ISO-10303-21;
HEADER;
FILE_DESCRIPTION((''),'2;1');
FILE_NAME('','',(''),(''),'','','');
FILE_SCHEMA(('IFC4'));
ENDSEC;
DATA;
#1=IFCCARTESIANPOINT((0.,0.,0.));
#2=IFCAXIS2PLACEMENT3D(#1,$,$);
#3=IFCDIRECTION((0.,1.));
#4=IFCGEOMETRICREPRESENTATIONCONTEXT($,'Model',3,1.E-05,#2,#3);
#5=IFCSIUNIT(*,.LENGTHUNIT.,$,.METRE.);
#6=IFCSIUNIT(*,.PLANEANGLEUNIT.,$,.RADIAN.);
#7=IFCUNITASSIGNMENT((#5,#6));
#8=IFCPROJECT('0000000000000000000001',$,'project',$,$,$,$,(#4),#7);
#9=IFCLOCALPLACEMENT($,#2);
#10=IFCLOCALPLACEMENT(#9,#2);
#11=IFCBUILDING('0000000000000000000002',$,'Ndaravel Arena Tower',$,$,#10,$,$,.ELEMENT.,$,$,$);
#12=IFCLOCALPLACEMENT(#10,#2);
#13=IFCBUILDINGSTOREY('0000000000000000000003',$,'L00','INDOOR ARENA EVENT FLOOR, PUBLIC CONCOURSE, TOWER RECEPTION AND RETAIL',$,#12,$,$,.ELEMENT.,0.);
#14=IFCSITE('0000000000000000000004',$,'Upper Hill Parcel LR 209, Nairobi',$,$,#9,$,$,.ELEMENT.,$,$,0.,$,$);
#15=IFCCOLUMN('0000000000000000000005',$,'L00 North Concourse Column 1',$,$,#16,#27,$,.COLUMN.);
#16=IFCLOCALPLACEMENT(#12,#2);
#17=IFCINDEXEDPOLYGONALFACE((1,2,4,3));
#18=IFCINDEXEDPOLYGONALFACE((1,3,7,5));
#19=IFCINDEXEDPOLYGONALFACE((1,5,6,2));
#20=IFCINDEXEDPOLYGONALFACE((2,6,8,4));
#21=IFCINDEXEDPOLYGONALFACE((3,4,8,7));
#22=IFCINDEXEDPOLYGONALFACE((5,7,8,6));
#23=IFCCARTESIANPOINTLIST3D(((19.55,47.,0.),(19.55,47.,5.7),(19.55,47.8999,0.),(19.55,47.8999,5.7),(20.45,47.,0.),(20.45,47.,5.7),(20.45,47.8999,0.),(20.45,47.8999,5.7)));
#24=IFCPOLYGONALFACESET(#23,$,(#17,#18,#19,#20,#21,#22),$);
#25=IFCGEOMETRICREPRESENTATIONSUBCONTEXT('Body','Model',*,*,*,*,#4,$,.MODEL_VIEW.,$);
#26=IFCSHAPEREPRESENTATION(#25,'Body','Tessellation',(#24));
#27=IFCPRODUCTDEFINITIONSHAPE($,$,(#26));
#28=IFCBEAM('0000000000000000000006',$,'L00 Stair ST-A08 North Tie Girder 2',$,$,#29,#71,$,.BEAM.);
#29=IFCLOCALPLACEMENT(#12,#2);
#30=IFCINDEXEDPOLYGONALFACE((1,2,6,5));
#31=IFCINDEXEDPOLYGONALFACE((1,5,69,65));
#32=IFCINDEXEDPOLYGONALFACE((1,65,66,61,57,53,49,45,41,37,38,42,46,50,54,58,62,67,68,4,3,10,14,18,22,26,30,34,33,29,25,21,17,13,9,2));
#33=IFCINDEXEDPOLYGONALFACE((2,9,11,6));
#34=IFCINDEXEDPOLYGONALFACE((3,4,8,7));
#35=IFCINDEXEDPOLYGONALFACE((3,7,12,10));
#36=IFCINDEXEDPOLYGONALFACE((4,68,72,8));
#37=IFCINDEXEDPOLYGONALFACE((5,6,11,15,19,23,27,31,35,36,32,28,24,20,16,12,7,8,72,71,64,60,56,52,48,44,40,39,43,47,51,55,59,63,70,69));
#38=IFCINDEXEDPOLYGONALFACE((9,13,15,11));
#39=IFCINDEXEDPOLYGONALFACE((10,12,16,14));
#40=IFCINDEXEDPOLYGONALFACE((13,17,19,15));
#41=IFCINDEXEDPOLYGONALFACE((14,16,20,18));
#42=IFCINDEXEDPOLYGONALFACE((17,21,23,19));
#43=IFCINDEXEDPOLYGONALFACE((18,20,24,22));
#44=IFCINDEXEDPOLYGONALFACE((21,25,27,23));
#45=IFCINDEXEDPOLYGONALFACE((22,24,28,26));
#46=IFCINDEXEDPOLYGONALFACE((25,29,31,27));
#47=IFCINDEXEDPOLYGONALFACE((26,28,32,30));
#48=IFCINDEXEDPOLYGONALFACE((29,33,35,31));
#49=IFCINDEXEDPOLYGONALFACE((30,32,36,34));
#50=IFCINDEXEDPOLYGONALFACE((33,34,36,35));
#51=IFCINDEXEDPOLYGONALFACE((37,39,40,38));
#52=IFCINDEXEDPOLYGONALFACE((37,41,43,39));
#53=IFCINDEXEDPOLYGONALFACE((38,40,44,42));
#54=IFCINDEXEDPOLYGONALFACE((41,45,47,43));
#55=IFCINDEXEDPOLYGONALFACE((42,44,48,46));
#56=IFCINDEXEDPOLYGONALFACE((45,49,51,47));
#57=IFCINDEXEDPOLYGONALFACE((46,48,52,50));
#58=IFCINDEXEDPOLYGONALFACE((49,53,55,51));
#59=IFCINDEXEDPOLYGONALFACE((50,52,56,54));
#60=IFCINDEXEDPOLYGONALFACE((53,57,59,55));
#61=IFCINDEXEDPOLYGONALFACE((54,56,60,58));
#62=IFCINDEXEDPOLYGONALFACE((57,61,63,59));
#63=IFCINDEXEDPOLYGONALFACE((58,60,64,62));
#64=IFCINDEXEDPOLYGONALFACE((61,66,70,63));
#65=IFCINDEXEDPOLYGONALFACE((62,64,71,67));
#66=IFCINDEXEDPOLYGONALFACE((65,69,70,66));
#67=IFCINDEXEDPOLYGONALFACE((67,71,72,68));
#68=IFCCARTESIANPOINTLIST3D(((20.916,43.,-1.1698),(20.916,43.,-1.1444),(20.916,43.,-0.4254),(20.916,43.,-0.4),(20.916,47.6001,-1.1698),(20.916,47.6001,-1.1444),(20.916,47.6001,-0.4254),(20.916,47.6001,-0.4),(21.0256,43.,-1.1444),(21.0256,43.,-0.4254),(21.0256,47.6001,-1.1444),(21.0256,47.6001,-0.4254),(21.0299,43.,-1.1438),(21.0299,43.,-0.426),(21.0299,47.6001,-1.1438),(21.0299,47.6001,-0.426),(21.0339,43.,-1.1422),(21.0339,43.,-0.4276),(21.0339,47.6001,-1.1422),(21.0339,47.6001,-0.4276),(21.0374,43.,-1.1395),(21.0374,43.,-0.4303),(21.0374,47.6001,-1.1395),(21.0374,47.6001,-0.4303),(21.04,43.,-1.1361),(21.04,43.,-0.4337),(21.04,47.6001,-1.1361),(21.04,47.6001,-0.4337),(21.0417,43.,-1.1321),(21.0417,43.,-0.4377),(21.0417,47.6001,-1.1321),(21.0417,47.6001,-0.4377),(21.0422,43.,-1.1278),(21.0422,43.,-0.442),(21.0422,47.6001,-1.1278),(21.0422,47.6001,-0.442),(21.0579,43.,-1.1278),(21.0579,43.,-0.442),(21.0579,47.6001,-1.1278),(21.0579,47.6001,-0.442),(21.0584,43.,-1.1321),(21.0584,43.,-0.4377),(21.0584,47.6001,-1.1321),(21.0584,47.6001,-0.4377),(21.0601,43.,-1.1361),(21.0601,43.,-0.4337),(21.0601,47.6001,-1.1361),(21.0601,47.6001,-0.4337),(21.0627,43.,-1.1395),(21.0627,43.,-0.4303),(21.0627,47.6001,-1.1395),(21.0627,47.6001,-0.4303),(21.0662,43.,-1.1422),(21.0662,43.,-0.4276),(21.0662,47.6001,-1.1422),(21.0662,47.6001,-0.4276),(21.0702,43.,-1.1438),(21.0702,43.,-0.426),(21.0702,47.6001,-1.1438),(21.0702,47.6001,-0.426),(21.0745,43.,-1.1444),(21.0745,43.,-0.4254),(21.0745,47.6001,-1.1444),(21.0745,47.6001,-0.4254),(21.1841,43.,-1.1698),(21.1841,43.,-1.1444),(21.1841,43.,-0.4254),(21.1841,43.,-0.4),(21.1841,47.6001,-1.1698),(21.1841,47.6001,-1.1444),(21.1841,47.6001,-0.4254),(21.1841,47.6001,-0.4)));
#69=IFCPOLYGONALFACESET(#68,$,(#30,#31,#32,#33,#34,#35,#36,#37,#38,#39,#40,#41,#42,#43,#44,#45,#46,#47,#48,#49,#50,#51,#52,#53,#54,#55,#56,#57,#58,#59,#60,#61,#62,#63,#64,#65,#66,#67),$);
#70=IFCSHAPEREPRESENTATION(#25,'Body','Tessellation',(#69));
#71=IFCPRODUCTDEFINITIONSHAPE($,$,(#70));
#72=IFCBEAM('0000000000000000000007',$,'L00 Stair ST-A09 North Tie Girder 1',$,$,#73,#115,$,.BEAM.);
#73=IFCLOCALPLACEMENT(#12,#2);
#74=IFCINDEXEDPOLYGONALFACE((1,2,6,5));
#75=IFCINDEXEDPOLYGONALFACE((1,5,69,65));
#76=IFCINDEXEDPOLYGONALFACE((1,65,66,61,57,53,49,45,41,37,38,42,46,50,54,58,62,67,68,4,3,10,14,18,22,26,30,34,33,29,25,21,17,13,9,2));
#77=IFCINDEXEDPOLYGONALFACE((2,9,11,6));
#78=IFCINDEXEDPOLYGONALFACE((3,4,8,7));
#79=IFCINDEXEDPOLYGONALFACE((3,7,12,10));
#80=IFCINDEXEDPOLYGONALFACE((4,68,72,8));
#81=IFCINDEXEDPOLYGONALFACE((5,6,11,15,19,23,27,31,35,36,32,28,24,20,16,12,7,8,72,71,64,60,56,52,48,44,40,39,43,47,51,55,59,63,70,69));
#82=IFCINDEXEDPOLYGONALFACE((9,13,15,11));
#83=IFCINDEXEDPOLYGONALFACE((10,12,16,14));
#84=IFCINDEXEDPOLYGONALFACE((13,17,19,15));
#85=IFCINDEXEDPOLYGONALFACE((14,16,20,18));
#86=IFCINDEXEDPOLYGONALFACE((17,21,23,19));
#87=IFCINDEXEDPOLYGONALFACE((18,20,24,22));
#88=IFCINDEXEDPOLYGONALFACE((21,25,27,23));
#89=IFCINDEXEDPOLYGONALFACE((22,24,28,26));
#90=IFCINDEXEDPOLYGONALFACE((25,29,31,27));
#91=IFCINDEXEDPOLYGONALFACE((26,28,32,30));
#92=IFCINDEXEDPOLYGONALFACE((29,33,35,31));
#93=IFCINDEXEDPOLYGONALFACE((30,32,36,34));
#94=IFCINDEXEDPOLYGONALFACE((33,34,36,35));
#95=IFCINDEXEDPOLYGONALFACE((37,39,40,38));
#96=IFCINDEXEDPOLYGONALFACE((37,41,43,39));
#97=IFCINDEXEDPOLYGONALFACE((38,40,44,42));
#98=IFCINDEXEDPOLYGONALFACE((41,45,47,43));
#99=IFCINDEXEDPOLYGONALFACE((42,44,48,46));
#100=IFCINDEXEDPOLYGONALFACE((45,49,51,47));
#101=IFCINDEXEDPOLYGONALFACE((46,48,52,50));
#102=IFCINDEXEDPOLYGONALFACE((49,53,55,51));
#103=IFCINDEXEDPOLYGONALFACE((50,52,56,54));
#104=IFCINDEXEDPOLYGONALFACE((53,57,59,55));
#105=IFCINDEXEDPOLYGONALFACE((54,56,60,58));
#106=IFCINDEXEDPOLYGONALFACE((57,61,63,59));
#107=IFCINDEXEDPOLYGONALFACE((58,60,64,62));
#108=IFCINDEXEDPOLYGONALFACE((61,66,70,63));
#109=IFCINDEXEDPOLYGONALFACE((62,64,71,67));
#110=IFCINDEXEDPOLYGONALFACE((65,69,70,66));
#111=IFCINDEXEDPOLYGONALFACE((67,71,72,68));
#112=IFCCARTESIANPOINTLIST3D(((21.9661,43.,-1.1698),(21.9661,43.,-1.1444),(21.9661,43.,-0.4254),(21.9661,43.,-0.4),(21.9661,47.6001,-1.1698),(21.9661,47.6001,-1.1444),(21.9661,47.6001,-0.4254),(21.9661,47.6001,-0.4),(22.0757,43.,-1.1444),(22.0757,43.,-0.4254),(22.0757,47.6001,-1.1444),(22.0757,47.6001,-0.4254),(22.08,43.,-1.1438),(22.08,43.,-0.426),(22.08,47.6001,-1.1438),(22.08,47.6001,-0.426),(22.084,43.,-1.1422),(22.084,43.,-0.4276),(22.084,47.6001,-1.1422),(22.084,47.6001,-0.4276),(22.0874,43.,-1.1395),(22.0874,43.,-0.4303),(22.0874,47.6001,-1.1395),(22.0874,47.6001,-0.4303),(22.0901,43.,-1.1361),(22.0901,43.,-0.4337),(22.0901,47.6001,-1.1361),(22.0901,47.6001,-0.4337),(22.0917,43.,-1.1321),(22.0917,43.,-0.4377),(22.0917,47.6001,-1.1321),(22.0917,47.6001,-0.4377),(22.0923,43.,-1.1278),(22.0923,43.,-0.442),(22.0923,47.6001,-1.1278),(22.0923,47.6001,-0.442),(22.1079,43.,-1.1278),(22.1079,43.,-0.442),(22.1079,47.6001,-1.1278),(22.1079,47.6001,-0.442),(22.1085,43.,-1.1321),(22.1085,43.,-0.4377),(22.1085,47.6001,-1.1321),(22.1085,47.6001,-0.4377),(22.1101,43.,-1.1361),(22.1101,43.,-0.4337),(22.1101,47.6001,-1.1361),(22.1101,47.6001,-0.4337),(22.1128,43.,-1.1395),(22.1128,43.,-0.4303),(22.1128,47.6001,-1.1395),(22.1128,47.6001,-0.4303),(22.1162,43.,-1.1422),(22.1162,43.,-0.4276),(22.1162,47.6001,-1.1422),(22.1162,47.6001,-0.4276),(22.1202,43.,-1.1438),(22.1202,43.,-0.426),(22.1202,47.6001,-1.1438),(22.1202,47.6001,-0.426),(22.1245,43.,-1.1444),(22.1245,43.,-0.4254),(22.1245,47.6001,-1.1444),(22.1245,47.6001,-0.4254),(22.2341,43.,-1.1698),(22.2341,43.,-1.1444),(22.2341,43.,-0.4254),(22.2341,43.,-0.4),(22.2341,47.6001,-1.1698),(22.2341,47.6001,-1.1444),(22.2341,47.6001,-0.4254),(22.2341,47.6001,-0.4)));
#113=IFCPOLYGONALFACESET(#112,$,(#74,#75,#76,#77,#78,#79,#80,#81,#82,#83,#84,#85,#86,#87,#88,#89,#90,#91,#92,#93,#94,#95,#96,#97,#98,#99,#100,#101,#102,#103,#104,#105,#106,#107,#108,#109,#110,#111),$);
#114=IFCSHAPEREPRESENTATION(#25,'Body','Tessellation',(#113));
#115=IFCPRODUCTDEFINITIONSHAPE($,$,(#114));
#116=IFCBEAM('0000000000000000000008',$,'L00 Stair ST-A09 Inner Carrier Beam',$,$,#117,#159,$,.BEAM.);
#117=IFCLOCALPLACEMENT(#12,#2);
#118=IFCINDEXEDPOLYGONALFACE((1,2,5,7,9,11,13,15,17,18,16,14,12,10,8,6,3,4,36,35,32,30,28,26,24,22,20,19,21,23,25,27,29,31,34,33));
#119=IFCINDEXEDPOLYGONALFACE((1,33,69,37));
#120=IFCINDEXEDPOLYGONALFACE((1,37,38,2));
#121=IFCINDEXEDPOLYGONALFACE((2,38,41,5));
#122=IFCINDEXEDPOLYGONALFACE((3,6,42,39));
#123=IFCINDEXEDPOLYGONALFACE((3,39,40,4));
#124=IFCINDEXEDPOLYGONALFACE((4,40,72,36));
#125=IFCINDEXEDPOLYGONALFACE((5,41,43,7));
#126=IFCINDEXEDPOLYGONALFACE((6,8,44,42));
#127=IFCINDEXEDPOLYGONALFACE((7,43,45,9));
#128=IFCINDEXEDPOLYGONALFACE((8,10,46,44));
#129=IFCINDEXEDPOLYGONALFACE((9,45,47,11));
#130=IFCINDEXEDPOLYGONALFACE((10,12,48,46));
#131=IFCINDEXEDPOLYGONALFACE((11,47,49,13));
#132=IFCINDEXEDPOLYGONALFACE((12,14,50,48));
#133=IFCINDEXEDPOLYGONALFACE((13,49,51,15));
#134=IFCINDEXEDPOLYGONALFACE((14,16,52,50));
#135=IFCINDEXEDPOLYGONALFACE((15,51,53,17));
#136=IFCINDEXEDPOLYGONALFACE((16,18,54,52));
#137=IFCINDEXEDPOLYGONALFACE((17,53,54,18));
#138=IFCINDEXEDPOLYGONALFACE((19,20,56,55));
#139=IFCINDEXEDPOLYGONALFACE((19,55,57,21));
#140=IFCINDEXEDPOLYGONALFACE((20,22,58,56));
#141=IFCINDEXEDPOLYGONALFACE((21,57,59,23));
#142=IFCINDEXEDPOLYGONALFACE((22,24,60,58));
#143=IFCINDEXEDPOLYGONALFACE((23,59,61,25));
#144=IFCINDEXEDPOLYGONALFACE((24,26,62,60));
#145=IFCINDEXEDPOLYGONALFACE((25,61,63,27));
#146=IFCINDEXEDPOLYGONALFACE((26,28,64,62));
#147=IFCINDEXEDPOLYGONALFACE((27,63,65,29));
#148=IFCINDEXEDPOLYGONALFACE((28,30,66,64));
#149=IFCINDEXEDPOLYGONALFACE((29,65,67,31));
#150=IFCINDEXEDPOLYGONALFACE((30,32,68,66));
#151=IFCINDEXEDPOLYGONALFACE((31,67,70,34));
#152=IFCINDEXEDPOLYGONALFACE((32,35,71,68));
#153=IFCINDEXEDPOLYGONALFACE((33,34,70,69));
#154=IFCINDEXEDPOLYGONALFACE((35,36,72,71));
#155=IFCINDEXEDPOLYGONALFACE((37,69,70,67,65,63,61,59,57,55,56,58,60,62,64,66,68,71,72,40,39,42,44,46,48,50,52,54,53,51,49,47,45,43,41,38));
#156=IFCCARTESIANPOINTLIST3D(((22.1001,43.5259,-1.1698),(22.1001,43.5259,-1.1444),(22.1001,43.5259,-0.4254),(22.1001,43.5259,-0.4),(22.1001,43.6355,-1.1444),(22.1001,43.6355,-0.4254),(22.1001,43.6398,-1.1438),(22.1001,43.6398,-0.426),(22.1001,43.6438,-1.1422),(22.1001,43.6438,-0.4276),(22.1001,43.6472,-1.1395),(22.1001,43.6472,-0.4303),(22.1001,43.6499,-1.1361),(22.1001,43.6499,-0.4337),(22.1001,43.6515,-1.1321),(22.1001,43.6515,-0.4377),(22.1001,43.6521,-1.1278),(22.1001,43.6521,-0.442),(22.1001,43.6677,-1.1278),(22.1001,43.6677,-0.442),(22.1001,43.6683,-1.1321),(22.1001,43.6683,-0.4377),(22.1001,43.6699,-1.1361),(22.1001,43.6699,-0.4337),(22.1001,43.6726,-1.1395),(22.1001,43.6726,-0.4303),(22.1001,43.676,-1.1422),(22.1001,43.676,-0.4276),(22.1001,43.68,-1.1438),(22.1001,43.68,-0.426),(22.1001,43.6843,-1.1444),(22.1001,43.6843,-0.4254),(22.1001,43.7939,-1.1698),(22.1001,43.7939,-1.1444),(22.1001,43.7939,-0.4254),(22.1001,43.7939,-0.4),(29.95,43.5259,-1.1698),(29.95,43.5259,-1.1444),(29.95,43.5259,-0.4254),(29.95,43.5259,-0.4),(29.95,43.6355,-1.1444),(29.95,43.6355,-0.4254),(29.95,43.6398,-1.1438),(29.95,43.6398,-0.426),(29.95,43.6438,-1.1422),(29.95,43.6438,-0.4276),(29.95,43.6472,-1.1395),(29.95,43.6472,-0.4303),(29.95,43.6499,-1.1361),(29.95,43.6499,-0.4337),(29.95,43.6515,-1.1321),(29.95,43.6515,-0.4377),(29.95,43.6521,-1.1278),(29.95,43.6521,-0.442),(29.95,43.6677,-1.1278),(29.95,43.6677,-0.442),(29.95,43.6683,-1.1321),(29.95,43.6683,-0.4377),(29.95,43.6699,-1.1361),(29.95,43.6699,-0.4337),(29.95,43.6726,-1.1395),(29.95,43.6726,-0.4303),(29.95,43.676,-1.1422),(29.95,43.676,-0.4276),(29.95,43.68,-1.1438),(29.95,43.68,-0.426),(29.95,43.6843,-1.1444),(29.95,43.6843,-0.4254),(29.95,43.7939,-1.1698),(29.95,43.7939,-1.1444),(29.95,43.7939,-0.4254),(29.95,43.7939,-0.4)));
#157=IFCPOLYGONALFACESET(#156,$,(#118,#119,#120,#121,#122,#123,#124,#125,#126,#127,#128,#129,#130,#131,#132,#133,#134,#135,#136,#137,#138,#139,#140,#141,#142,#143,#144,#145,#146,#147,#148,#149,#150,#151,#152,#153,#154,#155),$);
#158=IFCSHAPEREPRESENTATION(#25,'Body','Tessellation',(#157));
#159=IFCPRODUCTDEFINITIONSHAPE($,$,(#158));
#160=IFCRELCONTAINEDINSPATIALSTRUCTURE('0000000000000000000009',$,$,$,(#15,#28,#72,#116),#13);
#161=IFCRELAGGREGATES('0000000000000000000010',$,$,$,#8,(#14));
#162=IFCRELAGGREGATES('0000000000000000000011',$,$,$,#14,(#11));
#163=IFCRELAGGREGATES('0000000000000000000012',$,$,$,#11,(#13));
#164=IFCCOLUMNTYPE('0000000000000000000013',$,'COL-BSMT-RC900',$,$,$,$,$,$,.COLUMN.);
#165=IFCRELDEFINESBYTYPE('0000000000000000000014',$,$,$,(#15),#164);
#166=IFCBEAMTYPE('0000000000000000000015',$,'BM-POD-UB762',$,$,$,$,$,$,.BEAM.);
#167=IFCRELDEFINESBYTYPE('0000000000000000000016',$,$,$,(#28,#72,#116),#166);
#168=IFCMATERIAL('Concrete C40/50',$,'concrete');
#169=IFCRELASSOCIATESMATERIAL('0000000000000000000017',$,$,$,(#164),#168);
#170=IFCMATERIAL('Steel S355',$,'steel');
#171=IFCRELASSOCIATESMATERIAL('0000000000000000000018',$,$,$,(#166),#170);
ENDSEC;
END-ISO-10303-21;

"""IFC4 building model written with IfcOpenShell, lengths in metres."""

from ifc_helpers import new_model, si_unit, direction, frame, origin, origin_2d, place, context, subcontext, project, spatial, rectangle, i_section, extrude, material, material_profile, profile_set, type_object, element, save


model = new_model("IFC4")

# Units and contexts
model_context = context("Model", 3, precision=1e-05, world=origin(), true_north=direction((0.0, 1.0)))
body_context = subcontext(model_context, "Body", "Model", "MODEL_VIEW")
ifc_project = project(units=[si_unit("LENGTHUNIT", "METRE"), si_unit("PLANEANGLEUNIT", "RADIAN")], contexts=[model_context])

# Site, building, storey
site_placement = place(None, origin())
site = spatial("IfcSite", under=ifc_project, at=site_placement, Name="Upper Hill Parcel LR 209, Nairobi", CompositionType="ELEMENT", RefElevation=0.0)
building_placement = place(site_placement, origin())
building = spatial("IfcBuilding", under=site, at=building_placement, Name="Ndaravel Arena Tower", CompositionType="ELEMENT")
storey_placement = place(building_placement, origin())
storey = spatial("IfcBuildingStorey", under=building, at=storey_placement, Name="L00", Description="INDOOR ARENA EVENT FLOOR, PUBLIC CONCOURSE, TOWER RECEPTION AND RETAIL", CompositionType="ELEMENT", Elevation=0.0)

# Column
ifc_material_1 = material(Name="Concrete C40/50", Category="concrete")
ifc_material_profile_1 = material_profile(ifc_material_1, rectangle(XDim=0.8999, YDim=0.8999, at=origin_2d()), Name="RC 900x900")
ifc_profile_set_1 = profile_set([ifc_material_profile_1], Name="Concrete C40/50")
column_type = type_object("IfcColumnType", Name="COL-BSMT-RC900", PredefinedType="COLUMN", material=ifc_profile_set_1)
column_placement = place(storey_placement, frame((20.0, 47.45, 0.0), z_axis=(0.0, 0.0, 1.0), x_axis=(1.0, 0.0, 0.0)))
element("IfcColumn", 1, at=column_placement, inside=storey, type_object=column_type, Name="L00 North Concourse Column 1", PredefinedType="COLUMN", context=body_context, shape_type="SweptSolid", body=[
    extrude(rectangle(XDim=0.8999, YDim=0.8999, at=origin_2d()), origin(), (0.0, 0.0, 1.0), 5.7),
])

# Beams
ifc_material_2 = material(Name="Steel S355", Category="steel")
ifc_material_profile_2 = material_profile(ifc_material_2, i_section(OverallWidth=0.2681, OverallDepth=0.7698, WebThickness=0.0156, FlangeThickness=0.0254, FilletRadius=0.0166, at=origin_2d()), Name="UB 762x267x197")
ifc_profile_set_2 = profile_set([ifc_material_profile_2], Name="Steel S355")
beam_type_1 = type_object("IfcBeamType", Name="BM-POD-UB762", PredefinedType="BEAM", material=ifc_profile_set_2)
for number, where, z_axis, x_axis, name in (
    (2, (21.05, 43.0, -0.7849), (0.0, 1.0, 0.0), (-1.0, 0.0, 0.0), "L00 Stair ST-A08 North Tie Girder 2"),
    (3, (22.1001, 43.0, -0.7849), (0.0, 1.0, 0.0), (-1.0, 0.0, 0.0), "L00 Stair ST-A09 North Tie Girder 1"),
):
    element("IfcBeam", number, at=place(storey_placement, frame(where, z_axis=z_axis, x_axis=x_axis)), inside=storey, type_object=beam_type_1, Name=name, PredefinedType="BEAM", context=body_context, shape_type="SweptSolid", body=[
        extrude(i_section(OverallWidth=0.2681, OverallDepth=0.7698, WebThickness=0.0156, FlangeThickness=0.0254, FilletRadius=0.0166, at=origin_2d()), origin(), (0.0, 0.0, 1.0), 4.6001),
    ])
beam_1_placement = place(storey_placement, frame((22.1001, 43.6599, -0.7849), z_axis=(1.0, 0.0, 0.0), x_axis=(0.0, 1.0, 0.0)))
element("IfcBeam", 4, at=beam_1_placement, inside=storey, type_object=beam_type_1, Name="L00 Stair ST-A09 Inner Carrier Beam", PredefinedType="BEAM", context=body_context, shape_type="SweptSolid", body=[
    extrude(i_section(OverallWidth=0.2681, OverallDepth=0.7698, WebThickness=0.0156, FlangeThickness=0.0254, FilletRadius=0.0166, at=origin_2d()), origin(), (0.0, 0.0, 1.0), 7.8499),
])

save(model, "model.ifc")
